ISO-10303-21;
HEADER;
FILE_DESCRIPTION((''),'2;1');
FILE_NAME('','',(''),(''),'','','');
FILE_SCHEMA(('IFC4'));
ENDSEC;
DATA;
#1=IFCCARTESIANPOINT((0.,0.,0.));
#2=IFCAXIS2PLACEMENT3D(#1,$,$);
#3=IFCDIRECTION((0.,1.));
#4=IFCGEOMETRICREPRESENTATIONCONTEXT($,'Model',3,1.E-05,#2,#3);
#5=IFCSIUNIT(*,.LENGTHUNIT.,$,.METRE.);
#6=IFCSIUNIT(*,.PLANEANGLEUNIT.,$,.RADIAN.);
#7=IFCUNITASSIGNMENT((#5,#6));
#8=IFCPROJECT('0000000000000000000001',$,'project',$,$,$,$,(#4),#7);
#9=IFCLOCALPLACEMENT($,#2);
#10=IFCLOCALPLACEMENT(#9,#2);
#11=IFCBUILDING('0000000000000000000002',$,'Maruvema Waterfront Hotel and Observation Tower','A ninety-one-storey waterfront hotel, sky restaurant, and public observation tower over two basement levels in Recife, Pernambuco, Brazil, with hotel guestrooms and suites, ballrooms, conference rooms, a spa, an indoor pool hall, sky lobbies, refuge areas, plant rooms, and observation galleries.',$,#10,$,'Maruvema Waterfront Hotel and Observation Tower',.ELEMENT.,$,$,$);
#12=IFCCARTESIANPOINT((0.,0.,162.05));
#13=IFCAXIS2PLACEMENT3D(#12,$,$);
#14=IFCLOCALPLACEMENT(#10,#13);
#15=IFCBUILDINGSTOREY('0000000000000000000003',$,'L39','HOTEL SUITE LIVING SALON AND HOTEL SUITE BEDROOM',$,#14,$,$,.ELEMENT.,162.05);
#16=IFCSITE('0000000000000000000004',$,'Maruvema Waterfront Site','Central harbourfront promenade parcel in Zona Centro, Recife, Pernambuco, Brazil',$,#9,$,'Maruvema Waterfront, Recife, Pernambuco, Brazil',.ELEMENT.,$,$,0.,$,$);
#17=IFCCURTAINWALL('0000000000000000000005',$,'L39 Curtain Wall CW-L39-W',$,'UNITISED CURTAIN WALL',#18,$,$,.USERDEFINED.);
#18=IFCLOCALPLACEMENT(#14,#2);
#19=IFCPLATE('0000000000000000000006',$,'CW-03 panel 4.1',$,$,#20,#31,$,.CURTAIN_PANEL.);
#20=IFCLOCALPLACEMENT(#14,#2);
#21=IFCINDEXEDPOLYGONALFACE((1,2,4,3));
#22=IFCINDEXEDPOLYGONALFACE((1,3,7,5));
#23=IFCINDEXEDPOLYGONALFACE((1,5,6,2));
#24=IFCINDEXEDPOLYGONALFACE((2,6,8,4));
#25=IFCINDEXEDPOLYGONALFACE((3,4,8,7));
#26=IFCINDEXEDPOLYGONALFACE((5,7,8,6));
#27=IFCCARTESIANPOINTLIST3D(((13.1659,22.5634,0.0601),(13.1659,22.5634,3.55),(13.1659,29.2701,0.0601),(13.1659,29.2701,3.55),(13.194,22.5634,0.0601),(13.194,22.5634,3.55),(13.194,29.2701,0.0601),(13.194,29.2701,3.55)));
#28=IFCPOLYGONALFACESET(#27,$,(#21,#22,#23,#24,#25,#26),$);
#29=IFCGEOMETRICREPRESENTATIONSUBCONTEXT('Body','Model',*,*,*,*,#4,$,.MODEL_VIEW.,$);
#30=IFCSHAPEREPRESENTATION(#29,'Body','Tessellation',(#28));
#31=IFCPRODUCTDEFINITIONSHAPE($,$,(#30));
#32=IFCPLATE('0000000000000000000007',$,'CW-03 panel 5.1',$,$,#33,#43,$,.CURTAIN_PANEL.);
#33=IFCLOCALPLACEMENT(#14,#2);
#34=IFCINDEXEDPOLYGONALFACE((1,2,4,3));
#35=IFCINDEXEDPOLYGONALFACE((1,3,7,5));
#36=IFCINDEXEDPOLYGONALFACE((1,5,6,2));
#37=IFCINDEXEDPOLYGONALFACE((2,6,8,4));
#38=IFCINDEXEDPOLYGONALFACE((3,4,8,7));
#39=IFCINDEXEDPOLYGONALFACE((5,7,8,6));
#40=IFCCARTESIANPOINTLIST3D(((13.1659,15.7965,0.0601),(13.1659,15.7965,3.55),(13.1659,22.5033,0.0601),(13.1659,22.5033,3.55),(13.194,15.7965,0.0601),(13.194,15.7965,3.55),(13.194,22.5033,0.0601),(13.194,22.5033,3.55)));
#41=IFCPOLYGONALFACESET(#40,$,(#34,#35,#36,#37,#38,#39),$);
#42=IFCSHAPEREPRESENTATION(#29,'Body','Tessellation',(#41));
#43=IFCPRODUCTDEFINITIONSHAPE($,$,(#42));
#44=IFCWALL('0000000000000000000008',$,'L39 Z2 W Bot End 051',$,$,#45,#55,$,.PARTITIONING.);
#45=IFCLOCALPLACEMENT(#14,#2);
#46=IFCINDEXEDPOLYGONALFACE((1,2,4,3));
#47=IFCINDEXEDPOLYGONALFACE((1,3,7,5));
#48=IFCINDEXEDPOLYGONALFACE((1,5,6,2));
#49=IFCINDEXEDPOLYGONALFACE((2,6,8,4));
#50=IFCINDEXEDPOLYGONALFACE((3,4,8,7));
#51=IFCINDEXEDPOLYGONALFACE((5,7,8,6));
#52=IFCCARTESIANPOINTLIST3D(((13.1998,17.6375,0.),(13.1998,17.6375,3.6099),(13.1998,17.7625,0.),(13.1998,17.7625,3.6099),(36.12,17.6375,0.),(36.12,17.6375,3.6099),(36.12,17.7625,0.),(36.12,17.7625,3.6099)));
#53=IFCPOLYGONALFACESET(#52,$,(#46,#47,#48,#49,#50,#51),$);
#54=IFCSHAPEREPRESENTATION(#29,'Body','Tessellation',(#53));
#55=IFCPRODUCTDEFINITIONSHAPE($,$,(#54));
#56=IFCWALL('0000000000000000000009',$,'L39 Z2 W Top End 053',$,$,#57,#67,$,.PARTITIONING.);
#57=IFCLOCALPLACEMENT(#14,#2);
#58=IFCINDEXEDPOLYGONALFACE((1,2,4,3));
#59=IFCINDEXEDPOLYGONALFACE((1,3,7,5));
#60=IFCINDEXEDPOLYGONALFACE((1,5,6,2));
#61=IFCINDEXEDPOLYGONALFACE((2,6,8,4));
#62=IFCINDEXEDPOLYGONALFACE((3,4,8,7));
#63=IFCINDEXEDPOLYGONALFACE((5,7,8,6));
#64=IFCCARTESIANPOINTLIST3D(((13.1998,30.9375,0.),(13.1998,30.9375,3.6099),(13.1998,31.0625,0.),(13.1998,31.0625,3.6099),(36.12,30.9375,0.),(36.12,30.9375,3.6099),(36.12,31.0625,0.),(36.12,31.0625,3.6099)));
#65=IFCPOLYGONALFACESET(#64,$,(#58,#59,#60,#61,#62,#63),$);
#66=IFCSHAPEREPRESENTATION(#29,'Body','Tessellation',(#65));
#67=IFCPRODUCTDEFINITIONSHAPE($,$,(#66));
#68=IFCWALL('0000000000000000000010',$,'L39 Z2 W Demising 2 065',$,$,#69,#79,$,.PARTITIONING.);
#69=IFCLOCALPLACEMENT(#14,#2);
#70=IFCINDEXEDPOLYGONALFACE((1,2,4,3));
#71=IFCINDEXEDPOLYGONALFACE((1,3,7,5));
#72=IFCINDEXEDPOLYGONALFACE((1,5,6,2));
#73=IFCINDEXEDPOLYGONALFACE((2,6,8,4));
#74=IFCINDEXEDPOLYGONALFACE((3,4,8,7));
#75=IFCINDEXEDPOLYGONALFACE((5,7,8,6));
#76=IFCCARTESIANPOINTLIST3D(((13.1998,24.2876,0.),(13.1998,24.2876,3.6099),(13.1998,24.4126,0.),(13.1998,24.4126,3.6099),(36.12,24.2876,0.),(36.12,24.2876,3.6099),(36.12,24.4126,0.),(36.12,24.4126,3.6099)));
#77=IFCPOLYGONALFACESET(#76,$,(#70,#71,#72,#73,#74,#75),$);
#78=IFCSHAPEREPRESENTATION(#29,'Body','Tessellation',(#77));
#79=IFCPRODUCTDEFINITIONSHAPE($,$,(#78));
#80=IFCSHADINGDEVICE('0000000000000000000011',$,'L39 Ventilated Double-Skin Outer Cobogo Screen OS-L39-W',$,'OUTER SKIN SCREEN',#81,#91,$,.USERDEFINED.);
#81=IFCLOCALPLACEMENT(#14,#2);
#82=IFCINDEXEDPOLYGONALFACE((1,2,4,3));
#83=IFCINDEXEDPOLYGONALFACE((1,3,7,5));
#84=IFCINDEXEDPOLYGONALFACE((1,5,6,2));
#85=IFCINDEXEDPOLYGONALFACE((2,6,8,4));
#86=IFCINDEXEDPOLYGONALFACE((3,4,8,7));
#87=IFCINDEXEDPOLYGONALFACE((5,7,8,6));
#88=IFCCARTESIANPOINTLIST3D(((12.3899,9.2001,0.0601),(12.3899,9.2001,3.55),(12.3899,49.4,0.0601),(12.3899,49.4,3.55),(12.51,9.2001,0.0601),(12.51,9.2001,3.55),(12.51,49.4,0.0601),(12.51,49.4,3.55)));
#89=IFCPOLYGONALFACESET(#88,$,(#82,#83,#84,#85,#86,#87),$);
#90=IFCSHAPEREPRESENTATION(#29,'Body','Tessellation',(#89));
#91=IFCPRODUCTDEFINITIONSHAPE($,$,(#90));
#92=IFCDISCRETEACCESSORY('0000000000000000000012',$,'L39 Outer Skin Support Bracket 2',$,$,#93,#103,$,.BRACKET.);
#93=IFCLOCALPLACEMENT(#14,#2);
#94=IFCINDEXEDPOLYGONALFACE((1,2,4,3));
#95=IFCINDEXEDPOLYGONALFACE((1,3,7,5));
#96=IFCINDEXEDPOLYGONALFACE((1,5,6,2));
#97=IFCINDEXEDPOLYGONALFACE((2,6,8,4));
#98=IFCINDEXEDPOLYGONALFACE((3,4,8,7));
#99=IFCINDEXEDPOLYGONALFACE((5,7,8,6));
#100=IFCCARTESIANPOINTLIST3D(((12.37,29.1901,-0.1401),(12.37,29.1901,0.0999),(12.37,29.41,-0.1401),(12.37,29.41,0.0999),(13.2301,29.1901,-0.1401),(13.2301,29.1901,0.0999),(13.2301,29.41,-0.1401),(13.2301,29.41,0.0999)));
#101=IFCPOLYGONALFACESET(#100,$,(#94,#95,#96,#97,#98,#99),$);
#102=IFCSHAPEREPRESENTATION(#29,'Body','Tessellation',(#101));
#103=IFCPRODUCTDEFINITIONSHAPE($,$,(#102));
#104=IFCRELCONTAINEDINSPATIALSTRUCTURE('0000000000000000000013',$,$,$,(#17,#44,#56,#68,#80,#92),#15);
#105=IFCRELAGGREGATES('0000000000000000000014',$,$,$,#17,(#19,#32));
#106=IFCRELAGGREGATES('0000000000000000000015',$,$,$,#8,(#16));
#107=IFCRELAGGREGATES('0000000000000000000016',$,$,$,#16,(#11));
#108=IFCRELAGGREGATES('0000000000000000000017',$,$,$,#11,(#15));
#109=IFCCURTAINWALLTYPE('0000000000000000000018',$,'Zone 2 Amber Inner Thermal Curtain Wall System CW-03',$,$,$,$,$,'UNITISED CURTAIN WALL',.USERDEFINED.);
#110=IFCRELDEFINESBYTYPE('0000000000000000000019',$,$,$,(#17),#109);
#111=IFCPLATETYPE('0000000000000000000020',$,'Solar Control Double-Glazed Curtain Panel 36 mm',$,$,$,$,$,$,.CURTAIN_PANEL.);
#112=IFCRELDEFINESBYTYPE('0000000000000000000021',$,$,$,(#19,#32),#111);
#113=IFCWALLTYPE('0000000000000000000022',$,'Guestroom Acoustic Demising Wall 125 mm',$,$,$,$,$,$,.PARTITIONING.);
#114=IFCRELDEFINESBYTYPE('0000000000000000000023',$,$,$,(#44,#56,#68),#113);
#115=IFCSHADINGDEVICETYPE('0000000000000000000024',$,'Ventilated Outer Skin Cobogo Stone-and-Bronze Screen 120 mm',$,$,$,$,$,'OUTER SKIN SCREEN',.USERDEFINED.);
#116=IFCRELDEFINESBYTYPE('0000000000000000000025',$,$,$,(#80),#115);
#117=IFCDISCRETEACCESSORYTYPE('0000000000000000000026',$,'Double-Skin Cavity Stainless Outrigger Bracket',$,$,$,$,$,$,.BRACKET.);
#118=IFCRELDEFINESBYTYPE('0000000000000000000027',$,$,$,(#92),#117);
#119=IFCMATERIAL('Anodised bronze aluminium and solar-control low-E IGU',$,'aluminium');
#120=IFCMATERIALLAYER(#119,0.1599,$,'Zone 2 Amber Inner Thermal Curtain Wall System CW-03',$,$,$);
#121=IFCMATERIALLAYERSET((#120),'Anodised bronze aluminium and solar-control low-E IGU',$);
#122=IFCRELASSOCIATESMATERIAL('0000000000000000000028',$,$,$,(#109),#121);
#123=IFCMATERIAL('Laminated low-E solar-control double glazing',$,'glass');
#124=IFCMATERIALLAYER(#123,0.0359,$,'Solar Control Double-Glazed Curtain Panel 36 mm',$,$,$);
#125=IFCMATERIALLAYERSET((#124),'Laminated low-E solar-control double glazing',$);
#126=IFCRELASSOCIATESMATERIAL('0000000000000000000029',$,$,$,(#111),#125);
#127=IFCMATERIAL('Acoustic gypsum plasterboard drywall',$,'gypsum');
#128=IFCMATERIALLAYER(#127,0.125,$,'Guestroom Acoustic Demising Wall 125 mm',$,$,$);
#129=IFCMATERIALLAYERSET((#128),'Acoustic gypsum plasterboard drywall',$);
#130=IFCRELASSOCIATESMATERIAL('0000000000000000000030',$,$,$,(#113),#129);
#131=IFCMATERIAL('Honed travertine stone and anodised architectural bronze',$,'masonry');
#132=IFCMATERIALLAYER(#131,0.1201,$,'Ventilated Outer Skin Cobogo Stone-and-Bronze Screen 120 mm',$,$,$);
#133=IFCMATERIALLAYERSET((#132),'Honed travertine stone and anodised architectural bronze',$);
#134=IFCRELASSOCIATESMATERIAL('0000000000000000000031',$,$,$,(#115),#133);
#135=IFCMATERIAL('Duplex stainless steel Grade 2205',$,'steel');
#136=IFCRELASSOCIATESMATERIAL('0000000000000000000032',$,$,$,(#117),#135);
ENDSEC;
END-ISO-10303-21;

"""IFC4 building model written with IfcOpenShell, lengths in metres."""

from ifc_helpers import new_model, si_unit, direction, frame, frame_2d, origin, origin_2d, place, context, subcontext, project, spatial, rectangle, extrude, material, layer, layer_set, type_object, element, aggregate, save


model = new_model("IFC4")

# Units and contexts
model_context = context("Model", 3, precision=1e-05, world=origin(), true_north=direction((0.0, 1.0)))
body_context = subcontext(model_context, "Body", "Model", "MODEL_VIEW")
ifc_project = project(units=[si_unit("LENGTHUNIT", "METRE"), si_unit("PLANEANGLEUNIT", "RADIAN")], contexts=[model_context])

# Site, building, storey
site_placement = place(None, origin())
site = spatial("IfcSite", under=ifc_project, at=site_placement, Name="Maruvema Waterfront Site", Description="Central harbourfront promenade parcel in Zona Centro, Recife, Pernambuco, Brazil", LongName="Maruvema Waterfront, Recife, Pernambuco, Brazil", CompositionType="ELEMENT", RefElevation=0.0)
building_placement = place(site_placement, origin())
building = spatial("IfcBuilding", under=site, at=building_placement, Name="Maruvema Waterfront Hotel and Observation Tower", Description="A ninety-one-storey waterfront hotel, sky restaurant, and public observation tower over two basement levels in Recife, Pernambuco, Brazil, with hotel guestrooms and suites, ballrooms, conference rooms, a spa, an indoor pool hall, sky lobbies, refuge areas, plant rooms, and observation galleries.", LongName="Maruvema Waterfront Hotel and Observation Tower", CompositionType="ELEMENT")
storey_placement = place(building_placement, frame((0.0, 0.0, 162.05)))
storey = spatial("IfcBuildingStorey", under=building, at=storey_placement, Name="L39", Description="HOTEL SUITE LIVING SALON AND HOTEL SUITE BEDROOM", CompositionType="ELEMENT", Elevation=162.05)

# Curtain wall
ifc_material_1 = material(Name="Anodised bronze aluminium and solar-control low-E IGU", Category="aluminium")
ifc_layer_1 = layer(ifc_material_1, 0.1599, Name="Zone 2 Amber Inner Thermal Curtain Wall System CW-03")
ifc_layer_set_1 = layer_set([ifc_layer_1], Name="Anodised bronze aluminium and solar-control low-E IGU")
curtain_wall_type = type_object("IfcCurtainWallType", Name="Zone 2 Amber Inner Thermal Curtain Wall System CW-03", ElementType="UNITISED CURTAIN WALL", PredefinedType="USERDEFINED", material=ifc_layer_set_1)
curtain_wall_placement = place(storey_placement, origin())
curtain_wall = element("IfcCurtainWall", 1, at=curtain_wall_placement, inside=storey, type_object=curtain_wall_type, Name="L39 Curtain Wall CW-L39-W", ObjectType="UNITISED CURTAIN WALL", PredefinedType="USERDEFINED")

# Plates
ifc_material_2 = material(Name="Laminated low-E solar-control double glazing", Category="glass")
ifc_layer_2 = layer(ifc_material_2, 0.0359, Name="Solar Control Double-Glazed Curtain Panel 36 mm")
ifc_layer_set_2 = layer_set([ifc_layer_2], Name="Laminated low-E solar-control double glazing")
plate_type = type_object("IfcPlateType", Name="Solar Control Double-Glazed Curtain Panel 36 mm", PredefinedType="CURTAIN_PANEL", material=ifc_layer_set_2)
plate_1_placement = place(storey_placement, frame((13.1799, 25.9167, 0.0601), z_axis=(0.0, 0.0, 1.0), x_axis=(0.0, -1.0, 0.0)))
plate_1 = element("IfcPlate", 2, at=plate_1_placement, type_object=plate_type, Name="CW-03 panel 4.1", PredefinedType="CURTAIN_PANEL", context=body_context, shape_type="SweptSolid", body=[
    extrude(rectangle(XDim=6.7068, YDim=0.0281, at=origin_2d()), origin(), (0.0, 0.0, 1.0), 3.49),
])
plate_2_placement = place(storey_placement, frame((13.1799, 19.1499, 0.0601), z_axis=(0.0, 0.0, 1.0), x_axis=(0.0, -1.0, 0.0)))
plate_2 = element("IfcPlate", 3, at=plate_2_placement, type_object=plate_type, Name="CW-03 panel 5.1", PredefinedType="CURTAIN_PANEL", context=body_context, shape_type="SweptSolid", body=[
    extrude(rectangle(XDim=6.7068, YDim=0.0281, at=origin_2d()), origin(), (0.0, 0.0, 1.0), 3.49),
])
aggregate(curtain_wall, [plate_1, plate_2])

# Walls
ifc_material_3 = material(Name="Acoustic gypsum plasterboard drywall", Category="gypsum")
ifc_layer_3 = layer(ifc_material_3, 0.125, Name="Guestroom Acoustic Demising Wall 125 mm")
ifc_layer_set_3 = layer_set([ifc_layer_3], Name="Acoustic gypsum plasterboard drywall")
wall_type = type_object("IfcWallType", Name="Guestroom Acoustic Demising Wall 125 mm", PredefinedType="PARTITIONING", material=ifc_layer_set_3)
for number, where, z_axis, x_axis, name in (
    (4, (13.2, 17.7, 0.0), (0.0, 0.0, 1.0), (1.0, 0.0, 0.0), "L39 Z2 W Bot End 051"),
    (5, (13.2, 31.0, 0.0), (0.0, 0.0, 1.0), (1.0, 0.0, 0.0), "L39 Z2 W Top End 053"),
    (6, (13.2, 24.3501, 0.0), (0.0, 0.0, 1.0), (1.0, 0.0, 0.0), "L39 Z2 W Demising 2 065"),
):
    element("IfcWall", number, at=place(storey_placement, frame(where, z_axis=z_axis, x_axis=x_axis)), inside=storey, type_object=wall_type, Name=name, PredefinedType="PARTITIONING", context=body_context, shape_type="SweptSolid", body=[
        extrude(rectangle(XDim=22.9202, YDim=0.125, at=frame_2d((11.46, 0.0))), origin(), (0.0, 0.0, 1.0), 3.6099),
    ])

# Shading device
ifc_material_4 = material(Name="Honed travertine stone and anodised architectural bronze", Category="masonry")
ifc_layer_4 = layer(ifc_material_4, 0.1201, Name="Ventilated Outer Skin Cobogo Stone-and-Bronze Screen 120 mm")
ifc_layer_set_4 = layer_set([ifc_layer_4], Name="Honed travertine stone and anodised architectural bronze")
shading_device_type = type_object("IfcShadingDeviceType", Name="Ventilated Outer Skin Cobogo Stone-and-Bronze Screen 120 mm", ElementType="OUTER SKIN SCREEN", PredefinedType="USERDEFINED", material=ifc_layer_set_4)
shading_device_placement = place(storey_placement, frame((12.45, 29.3, 0.0601), z_axis=(0.0, 0.0, 1.0), x_axis=(0.0, -1.0, 0.0)))
element("IfcShadingDevice", 7, at=shading_device_placement, inside=storey, type_object=shading_device_type, Name="L39 Ventilated Double-Skin Outer Cobogo Screen OS-L39-W", ObjectType="OUTER SKIN SCREEN", PredefinedType="USERDEFINED", context=body_context, shape_type="SweptSolid", body=[
    extrude(rectangle(XDim=40.2, YDim=0.1201, at=origin_2d()), origin(), (0.0, 0.0, 1.0), 3.49),
])

# Discrete accessory
ifc_material_5 = material(Name="Duplex stainless steel Grade 2205", Category="steel")
discrete_accessory_type = type_object("IfcDiscreteAccessoryType", Name="Double-Skin Cavity Stainless Outrigger Bracket", PredefinedType="BRACKET", material=ifc_material_5)
discrete_accessory_placement = place(storey_placement, frame((12.8, 29.3, -0.1401), z_axis=(0.0, 0.0, 1.0), x_axis=(0.0, -1.0, 0.0)))
element("IfcDiscreteAccessory", 8, at=discrete_accessory_placement, inside=storey, type_object=discrete_accessory_type, Name="L39 Outer Skin Support Bracket 2", PredefinedType="BRACKET", context=body_context, shape_type="SweptSolid", body=[
    extrude(rectangle(XDim=0.22, YDim=0.8601, at=origin_2d()), origin(), (0.0, 0.0, 1.0), 0.24),
])

save(model, "model.ifc")
